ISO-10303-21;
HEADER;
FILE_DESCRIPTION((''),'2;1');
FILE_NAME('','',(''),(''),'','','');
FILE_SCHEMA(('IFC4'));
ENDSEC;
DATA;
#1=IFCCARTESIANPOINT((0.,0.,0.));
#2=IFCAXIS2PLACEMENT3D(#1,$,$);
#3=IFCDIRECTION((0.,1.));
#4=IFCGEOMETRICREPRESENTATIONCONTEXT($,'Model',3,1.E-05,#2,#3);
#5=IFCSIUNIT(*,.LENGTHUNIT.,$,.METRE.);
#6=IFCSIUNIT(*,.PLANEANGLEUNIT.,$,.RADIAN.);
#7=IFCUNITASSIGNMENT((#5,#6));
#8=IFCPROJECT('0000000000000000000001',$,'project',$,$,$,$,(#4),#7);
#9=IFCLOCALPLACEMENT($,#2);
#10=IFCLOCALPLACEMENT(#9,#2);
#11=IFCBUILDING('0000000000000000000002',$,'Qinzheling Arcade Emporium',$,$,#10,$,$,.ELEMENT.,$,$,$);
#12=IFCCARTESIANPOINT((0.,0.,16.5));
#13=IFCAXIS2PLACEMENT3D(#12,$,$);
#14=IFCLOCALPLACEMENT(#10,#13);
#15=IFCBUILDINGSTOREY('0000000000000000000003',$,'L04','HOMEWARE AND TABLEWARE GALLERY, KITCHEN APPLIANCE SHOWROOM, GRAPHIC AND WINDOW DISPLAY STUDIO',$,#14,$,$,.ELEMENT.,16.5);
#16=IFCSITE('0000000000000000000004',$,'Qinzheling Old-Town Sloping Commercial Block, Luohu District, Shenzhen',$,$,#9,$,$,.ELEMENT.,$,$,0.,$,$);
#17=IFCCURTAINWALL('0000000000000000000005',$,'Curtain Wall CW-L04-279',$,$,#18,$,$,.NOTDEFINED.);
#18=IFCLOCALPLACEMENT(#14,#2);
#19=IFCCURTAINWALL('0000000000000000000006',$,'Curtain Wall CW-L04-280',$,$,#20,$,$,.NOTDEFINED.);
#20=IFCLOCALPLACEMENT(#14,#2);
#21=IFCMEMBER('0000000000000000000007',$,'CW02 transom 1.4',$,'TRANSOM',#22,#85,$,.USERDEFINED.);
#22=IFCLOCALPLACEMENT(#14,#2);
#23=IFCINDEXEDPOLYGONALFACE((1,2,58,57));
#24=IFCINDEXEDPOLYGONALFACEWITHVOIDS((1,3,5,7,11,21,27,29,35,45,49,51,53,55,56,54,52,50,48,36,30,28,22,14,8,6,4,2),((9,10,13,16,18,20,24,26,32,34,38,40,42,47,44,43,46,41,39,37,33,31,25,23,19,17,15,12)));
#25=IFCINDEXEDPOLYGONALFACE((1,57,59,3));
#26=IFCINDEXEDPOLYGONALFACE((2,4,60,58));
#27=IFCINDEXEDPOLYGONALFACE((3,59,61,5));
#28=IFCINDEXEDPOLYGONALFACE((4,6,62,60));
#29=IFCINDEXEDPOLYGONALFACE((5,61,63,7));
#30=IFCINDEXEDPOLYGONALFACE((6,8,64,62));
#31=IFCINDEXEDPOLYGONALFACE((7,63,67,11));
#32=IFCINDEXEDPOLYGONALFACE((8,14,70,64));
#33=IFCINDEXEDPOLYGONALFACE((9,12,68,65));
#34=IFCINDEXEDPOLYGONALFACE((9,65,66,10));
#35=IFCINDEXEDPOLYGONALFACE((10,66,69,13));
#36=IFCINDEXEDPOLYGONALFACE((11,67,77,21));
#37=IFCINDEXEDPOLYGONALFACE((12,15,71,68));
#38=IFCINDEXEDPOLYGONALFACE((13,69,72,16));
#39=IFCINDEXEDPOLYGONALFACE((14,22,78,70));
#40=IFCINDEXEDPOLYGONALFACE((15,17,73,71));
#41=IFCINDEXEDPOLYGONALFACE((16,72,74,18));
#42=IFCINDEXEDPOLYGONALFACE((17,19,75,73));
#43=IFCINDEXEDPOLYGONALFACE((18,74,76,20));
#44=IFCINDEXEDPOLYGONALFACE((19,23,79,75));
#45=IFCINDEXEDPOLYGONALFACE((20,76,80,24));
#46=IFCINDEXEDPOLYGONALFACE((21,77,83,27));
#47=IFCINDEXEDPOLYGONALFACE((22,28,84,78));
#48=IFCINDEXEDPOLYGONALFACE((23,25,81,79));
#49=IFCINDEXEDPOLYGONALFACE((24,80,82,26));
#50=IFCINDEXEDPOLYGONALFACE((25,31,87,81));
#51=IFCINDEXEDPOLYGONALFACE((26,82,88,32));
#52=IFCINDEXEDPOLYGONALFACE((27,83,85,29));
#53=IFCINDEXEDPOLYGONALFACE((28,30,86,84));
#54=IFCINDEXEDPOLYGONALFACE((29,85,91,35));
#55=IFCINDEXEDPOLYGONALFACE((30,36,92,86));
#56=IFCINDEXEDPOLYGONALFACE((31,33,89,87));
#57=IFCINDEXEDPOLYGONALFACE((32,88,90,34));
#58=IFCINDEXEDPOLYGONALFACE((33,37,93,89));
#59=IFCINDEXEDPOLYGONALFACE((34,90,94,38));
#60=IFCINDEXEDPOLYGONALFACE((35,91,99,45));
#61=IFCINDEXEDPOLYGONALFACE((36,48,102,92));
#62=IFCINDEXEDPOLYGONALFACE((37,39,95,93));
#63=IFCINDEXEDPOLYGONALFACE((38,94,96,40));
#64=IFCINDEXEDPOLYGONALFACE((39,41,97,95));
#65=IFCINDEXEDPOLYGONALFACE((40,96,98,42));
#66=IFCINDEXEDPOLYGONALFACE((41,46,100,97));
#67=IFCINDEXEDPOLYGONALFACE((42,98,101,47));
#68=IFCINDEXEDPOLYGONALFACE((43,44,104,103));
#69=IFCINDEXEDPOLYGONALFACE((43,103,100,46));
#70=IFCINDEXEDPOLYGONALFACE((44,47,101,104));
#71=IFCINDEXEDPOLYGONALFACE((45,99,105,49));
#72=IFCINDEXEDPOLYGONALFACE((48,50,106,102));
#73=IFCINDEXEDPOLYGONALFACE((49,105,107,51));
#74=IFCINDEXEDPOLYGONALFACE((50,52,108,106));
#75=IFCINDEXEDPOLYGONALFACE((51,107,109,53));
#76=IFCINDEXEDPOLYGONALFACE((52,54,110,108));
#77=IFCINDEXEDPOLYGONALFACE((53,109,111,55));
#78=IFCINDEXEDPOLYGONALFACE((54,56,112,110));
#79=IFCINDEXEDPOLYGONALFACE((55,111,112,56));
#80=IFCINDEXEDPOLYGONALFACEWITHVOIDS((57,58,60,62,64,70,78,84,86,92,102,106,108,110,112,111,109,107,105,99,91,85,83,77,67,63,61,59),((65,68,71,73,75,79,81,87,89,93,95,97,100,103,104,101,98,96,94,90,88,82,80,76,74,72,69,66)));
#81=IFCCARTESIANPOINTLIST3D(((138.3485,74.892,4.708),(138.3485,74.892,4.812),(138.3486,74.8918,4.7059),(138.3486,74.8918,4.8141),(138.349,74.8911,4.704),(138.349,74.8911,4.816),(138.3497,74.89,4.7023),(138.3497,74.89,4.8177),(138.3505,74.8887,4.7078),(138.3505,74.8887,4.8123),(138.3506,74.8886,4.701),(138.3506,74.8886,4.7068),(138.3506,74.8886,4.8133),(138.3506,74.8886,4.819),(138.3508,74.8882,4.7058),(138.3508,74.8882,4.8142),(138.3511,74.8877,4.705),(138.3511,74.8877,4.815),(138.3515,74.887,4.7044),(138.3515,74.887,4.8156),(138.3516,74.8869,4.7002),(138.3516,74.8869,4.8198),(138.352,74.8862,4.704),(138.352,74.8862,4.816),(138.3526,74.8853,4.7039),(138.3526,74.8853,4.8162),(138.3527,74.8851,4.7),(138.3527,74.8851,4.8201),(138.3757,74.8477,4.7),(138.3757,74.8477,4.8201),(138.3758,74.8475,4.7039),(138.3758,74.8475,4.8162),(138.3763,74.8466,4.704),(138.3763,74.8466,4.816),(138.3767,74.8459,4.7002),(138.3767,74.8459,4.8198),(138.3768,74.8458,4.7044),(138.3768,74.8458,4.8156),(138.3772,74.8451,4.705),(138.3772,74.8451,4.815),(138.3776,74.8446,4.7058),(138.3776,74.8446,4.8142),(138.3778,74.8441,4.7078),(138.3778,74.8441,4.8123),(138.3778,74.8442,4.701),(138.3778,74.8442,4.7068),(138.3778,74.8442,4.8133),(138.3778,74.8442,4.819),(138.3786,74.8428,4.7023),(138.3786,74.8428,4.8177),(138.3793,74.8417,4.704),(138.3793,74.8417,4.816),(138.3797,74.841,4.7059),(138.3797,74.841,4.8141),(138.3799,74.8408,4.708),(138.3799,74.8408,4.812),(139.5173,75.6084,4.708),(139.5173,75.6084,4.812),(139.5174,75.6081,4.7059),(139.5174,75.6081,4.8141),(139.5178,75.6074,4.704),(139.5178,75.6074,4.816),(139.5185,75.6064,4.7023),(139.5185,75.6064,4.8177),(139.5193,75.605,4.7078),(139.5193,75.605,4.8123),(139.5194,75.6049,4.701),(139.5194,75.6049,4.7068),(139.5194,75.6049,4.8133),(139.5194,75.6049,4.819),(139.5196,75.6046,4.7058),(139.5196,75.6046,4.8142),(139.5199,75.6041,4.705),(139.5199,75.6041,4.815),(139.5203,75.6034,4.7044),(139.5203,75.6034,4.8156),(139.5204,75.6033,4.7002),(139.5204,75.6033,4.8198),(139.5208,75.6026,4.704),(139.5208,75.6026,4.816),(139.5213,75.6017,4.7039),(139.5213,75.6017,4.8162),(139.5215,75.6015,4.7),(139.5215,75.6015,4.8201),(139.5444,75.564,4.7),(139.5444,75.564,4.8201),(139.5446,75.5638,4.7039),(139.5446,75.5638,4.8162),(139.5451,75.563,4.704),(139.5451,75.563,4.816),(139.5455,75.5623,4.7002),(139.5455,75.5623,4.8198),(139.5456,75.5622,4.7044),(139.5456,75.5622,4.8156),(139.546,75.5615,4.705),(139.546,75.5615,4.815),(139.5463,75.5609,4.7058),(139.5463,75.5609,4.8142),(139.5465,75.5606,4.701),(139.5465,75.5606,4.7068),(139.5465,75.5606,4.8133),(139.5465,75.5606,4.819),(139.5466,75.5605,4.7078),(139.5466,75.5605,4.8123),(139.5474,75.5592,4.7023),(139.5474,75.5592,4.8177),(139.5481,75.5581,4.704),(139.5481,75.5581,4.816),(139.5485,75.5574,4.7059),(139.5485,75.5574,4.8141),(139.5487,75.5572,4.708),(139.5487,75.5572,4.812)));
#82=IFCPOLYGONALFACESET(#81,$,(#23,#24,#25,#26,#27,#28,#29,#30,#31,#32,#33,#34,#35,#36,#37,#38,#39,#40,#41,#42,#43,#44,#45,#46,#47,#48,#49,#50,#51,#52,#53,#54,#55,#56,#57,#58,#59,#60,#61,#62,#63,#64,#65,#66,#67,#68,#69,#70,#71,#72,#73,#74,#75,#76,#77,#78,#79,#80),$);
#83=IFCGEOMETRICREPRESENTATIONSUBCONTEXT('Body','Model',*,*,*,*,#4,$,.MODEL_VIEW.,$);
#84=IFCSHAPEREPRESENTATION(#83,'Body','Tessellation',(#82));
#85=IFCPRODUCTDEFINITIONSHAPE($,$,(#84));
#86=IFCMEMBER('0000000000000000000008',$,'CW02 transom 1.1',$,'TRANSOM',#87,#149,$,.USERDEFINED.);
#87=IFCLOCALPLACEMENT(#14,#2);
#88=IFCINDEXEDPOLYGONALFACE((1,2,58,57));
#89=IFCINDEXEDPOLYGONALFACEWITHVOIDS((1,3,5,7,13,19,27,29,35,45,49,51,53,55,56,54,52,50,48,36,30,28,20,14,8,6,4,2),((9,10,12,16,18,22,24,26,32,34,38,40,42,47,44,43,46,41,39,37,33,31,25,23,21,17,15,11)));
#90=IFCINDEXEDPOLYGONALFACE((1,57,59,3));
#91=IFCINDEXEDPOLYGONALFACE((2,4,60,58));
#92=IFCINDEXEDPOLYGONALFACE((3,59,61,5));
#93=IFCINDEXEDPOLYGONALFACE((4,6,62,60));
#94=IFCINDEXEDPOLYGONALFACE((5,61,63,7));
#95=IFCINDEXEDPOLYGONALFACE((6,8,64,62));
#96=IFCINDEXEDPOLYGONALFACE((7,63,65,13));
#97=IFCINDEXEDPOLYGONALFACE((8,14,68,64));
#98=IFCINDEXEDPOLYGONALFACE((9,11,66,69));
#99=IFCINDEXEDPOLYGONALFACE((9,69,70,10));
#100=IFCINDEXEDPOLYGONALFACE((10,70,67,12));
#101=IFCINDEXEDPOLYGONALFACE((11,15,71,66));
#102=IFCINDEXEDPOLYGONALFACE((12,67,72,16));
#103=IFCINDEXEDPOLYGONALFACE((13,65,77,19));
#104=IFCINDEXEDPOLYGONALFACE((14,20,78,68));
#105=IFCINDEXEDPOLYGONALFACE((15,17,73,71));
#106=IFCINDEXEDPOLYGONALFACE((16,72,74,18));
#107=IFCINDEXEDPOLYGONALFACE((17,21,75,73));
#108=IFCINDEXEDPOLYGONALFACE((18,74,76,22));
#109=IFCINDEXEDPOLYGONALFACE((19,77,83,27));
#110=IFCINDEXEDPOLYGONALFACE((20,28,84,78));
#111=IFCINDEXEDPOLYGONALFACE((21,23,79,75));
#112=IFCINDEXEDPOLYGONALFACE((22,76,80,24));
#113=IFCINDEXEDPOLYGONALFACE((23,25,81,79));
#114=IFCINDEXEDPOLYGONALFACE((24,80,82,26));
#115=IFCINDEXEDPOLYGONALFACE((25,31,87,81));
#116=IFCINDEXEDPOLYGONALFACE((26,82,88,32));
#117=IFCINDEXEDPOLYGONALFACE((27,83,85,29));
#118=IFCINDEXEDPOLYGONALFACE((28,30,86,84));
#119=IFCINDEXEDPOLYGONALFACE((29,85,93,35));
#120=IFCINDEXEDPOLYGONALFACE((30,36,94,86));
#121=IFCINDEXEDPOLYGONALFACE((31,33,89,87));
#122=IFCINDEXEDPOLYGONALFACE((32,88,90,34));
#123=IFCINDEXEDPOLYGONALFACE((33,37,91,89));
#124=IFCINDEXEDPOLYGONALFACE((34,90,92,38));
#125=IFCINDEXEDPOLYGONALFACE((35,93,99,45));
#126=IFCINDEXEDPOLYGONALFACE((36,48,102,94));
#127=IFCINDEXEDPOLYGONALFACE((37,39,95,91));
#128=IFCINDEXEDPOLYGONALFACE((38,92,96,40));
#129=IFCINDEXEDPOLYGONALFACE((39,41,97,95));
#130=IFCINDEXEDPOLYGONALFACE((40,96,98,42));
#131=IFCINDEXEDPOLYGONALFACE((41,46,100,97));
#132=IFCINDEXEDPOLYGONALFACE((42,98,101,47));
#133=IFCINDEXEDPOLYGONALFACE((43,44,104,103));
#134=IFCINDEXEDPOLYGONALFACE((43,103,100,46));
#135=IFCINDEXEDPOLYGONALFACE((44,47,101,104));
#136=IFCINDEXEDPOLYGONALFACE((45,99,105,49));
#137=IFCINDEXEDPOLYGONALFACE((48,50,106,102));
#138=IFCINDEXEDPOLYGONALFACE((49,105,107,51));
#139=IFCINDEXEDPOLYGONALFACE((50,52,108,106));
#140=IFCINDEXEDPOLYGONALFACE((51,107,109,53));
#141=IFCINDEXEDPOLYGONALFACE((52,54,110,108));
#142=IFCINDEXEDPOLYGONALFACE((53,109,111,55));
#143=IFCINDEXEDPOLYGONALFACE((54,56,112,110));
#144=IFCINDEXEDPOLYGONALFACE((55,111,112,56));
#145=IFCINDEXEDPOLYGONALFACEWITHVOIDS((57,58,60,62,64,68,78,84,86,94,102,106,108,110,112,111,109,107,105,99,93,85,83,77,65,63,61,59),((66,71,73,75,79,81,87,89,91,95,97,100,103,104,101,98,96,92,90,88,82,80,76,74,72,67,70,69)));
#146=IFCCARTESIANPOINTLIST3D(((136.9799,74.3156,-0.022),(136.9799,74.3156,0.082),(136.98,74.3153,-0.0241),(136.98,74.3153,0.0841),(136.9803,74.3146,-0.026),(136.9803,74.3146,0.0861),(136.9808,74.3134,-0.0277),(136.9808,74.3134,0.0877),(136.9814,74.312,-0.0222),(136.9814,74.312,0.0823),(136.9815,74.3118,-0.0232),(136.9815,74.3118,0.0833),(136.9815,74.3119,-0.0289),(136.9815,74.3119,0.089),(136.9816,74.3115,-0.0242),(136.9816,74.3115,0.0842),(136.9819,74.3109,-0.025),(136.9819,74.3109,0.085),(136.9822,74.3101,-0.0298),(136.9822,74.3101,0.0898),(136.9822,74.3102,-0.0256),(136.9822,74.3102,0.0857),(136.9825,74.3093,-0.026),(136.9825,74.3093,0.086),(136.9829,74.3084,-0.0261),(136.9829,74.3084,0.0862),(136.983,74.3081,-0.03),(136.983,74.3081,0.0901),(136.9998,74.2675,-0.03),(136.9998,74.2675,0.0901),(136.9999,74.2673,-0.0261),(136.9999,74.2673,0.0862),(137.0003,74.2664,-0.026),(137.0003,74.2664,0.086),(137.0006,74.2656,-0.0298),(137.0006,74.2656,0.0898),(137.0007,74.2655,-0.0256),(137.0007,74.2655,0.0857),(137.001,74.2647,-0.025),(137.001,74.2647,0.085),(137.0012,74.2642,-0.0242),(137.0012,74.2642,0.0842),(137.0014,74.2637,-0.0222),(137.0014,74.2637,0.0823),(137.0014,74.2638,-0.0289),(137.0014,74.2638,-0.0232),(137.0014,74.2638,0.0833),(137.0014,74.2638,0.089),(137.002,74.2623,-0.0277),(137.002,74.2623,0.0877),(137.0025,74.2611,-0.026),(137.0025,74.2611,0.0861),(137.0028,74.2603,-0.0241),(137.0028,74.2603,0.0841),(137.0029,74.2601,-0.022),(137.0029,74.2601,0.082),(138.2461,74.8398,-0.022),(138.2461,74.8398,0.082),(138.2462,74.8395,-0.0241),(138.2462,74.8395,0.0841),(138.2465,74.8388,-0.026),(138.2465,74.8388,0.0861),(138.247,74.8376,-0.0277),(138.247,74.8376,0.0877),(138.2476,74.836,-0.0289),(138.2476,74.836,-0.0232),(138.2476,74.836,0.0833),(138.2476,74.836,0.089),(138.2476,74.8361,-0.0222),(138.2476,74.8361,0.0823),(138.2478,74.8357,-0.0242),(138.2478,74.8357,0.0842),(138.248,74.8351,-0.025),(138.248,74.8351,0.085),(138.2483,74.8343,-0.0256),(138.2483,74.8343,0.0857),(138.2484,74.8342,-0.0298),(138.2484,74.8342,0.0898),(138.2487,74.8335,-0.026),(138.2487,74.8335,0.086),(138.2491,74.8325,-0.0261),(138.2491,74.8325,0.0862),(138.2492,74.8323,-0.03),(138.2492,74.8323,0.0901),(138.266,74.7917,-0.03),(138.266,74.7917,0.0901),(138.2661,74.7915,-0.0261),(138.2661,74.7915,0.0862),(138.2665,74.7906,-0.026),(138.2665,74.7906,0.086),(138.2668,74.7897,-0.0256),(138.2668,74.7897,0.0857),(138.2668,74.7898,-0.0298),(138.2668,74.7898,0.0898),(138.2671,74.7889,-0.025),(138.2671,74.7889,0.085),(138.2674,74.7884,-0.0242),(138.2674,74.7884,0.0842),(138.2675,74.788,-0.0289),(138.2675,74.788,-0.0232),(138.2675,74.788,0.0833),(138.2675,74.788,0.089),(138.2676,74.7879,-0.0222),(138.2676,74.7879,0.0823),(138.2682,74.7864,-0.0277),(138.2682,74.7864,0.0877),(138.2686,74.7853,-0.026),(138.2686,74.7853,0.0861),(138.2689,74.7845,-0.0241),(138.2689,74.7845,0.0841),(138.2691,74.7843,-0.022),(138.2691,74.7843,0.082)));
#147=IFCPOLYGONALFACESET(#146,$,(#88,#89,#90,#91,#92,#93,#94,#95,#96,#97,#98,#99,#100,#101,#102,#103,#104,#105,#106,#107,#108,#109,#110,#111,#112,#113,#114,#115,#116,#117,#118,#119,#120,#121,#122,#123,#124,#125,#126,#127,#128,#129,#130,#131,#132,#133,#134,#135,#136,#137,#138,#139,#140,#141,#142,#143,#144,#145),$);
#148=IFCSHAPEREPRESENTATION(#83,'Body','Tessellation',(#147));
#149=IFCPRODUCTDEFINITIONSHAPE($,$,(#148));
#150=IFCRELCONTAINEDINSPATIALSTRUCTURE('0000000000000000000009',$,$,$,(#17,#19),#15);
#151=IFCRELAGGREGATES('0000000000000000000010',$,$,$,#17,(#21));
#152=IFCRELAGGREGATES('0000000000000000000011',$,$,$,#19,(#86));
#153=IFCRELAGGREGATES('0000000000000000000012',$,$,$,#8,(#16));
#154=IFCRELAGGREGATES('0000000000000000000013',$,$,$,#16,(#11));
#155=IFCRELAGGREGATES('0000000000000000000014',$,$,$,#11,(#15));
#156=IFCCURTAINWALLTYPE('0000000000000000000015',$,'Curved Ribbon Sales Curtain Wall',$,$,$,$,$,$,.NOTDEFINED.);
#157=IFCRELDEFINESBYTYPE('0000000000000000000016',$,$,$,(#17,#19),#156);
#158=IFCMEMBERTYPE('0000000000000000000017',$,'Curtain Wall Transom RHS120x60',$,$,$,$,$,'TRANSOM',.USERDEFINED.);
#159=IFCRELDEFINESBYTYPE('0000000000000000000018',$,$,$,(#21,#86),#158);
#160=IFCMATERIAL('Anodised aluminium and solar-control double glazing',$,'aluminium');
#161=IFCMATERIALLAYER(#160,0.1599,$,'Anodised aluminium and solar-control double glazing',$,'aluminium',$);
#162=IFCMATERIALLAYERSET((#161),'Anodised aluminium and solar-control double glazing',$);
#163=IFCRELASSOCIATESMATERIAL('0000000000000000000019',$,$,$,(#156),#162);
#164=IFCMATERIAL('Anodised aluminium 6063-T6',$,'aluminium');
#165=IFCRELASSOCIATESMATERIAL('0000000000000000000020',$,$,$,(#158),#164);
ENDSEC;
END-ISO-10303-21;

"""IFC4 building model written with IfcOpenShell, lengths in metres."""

from ifc_helpers import new_model, si_unit, direction, frame, origin, origin_2d, place, context, subcontext, project, spatial, hollow_rectangle, extrude, material, layer, layer_set, material_profile, profile_set, type_object, element, aggregate, save


model = new_model("IFC4")

# Units and contexts
model_context = context("Model", 3, precision=1e-05, world=origin(), true_north=direction((0.0, 1.0)))
body_context = subcontext(model_context, "Body", "Model", "MODEL_VIEW")
ifc_project = project(units=[si_unit("LENGTHUNIT", "METRE"), si_unit("PLANEANGLEUNIT", "RADIAN")], contexts=[model_context])

# Site, building, storey
site_placement = place(None, origin())
site = spatial("IfcSite", under=ifc_project, at=site_placement, Name="Qinzheling Old-Town Sloping Commercial Block, Luohu District, Shenzhen", CompositionType="ELEMENT", RefElevation=0.0)
building_placement = place(site_placement, origin())
building = spatial("IfcBuilding", under=site, at=building_placement, Name="Qinzheling Arcade Emporium", CompositionType="ELEMENT")
storey_placement = place(building_placement, frame((0.0, 0.0, 16.5)))
storey = spatial("IfcBuildingStorey", under=building, at=storey_placement, Name="L04", Description="HOMEWARE AND TABLEWARE GALLERY, KITCHEN APPLIANCE SHOWROOM, GRAPHIC AND WINDOW DISPLAY STUDIO", CompositionType="ELEMENT", Elevation=16.5)

# Curtain wall
ifc_material_1 = material(Name="Anodised aluminium and solar-control double glazing", Category="aluminium")
ifc_layer_1 = layer(ifc_material_1, 0.1599, Name="Anodised aluminium and solar-control double glazing", Category="aluminium")
ifc_layer_set_1 = layer_set([ifc_layer_1], Name="Anodised aluminium and solar-control double glazing")
curtain_wall_type_1 = type_object("IfcCurtainWallType", Name="Curved Ribbon Sales Curtain Wall", PredefinedType="NOTDEFINED", material=ifc_layer_set_1)
curtain_wall_1_placement = place(storey_placement, origin())
curtain_wall_1 = element("IfcCurtainWall", 1, at=curtain_wall_1_placement, inside=storey, type_object=curtain_wall_type_1, Name="Curtain Wall CW-L04-279", PredefinedType="NOTDEFINED")
ifc_material_2 = material(Name="Anodised aluminium 6063-T6", Category="aluminium")

# Curtain wall
curtain_wall_2_placement = place(storey_placement, origin())
curtain_wall_2 = element("IfcCurtainWall", 2, at=curtain_wall_2_placement, inside=storey, type_object=curtain_wall_type_1, Name="Curtain Wall CW-L04-280", PredefinedType="NOTDEFINED")

# Members
ifc_material_profile_1 = material_profile(ifc_material_2, hollow_rectangle(XDim=0.0601, YDim=0.1201, WallThickness=0.0039, InnerFilletRadius=0.0039, OuterFilletRadius=0.0081, at=origin_2d()), Name="RHS 120x60x4", Category="aluminium")
ifc_profile_set_1 = profile_set([ifc_material_profile_1], Name="Anodised aluminium 6063-T6")
member_type_1 = type_object("IfcMemberType", Name="Curtain Wall Transom RHS120x60", ElementType="TRANSOM", PredefinedType="USERDEFINED", material=ifc_profile_set_1)
member_1_placement = place(storey_placement, frame((139.533, 75.5828, 4.76), z_axis=(-0.852599, -0.522566, 0.0), x_axis=(0.522566, -0.852599, 0.0)))
member_1 = element("IfcMember", 3, at=member_1_placement, type_object=member_type_1, Name="CW02 transom 1.4", ObjectType="TRANSOM", PredefinedType="USERDEFINED", context=body_context, shape_type="SweptSolid", body=[
    extrude(hollow_rectangle(XDim=0.0601, YDim=0.1201, WallThickness=0.0039, InnerFilletRadius=0.0039, OuterFilletRadius=0.0081, at=origin_2d()), origin(), (0.0, 0.0, 1.0), 1.3708),
])
member_2_placement = place(storey_placement, frame((138.2576, 74.812, 0.03), z_axis=(-0.92395, -0.382514, 0.0), x_axis=(0.382514, -0.92395, 0.0)))
member_2 = element("IfcMember", 4, at=member_2_placement, type_object=member_type_1, Name="CW02 transom 1.1", ObjectType="TRANSOM", PredefinedType="USERDEFINED", context=body_context, shape_type="SweptSolid", body=[
    extrude(hollow_rectangle(XDim=0.0601, YDim=0.1201, WallThickness=0.0039, InnerFilletRadius=0.0039, OuterFilletRadius=0.0081, at=origin_2d()), origin(), (0.0, 0.0, 1.0), 1.3704),
])

aggregate(curtain_wall_1, [member_1])
aggregate(curtain_wall_2, [member_2])

save(model, "model.ifc")
